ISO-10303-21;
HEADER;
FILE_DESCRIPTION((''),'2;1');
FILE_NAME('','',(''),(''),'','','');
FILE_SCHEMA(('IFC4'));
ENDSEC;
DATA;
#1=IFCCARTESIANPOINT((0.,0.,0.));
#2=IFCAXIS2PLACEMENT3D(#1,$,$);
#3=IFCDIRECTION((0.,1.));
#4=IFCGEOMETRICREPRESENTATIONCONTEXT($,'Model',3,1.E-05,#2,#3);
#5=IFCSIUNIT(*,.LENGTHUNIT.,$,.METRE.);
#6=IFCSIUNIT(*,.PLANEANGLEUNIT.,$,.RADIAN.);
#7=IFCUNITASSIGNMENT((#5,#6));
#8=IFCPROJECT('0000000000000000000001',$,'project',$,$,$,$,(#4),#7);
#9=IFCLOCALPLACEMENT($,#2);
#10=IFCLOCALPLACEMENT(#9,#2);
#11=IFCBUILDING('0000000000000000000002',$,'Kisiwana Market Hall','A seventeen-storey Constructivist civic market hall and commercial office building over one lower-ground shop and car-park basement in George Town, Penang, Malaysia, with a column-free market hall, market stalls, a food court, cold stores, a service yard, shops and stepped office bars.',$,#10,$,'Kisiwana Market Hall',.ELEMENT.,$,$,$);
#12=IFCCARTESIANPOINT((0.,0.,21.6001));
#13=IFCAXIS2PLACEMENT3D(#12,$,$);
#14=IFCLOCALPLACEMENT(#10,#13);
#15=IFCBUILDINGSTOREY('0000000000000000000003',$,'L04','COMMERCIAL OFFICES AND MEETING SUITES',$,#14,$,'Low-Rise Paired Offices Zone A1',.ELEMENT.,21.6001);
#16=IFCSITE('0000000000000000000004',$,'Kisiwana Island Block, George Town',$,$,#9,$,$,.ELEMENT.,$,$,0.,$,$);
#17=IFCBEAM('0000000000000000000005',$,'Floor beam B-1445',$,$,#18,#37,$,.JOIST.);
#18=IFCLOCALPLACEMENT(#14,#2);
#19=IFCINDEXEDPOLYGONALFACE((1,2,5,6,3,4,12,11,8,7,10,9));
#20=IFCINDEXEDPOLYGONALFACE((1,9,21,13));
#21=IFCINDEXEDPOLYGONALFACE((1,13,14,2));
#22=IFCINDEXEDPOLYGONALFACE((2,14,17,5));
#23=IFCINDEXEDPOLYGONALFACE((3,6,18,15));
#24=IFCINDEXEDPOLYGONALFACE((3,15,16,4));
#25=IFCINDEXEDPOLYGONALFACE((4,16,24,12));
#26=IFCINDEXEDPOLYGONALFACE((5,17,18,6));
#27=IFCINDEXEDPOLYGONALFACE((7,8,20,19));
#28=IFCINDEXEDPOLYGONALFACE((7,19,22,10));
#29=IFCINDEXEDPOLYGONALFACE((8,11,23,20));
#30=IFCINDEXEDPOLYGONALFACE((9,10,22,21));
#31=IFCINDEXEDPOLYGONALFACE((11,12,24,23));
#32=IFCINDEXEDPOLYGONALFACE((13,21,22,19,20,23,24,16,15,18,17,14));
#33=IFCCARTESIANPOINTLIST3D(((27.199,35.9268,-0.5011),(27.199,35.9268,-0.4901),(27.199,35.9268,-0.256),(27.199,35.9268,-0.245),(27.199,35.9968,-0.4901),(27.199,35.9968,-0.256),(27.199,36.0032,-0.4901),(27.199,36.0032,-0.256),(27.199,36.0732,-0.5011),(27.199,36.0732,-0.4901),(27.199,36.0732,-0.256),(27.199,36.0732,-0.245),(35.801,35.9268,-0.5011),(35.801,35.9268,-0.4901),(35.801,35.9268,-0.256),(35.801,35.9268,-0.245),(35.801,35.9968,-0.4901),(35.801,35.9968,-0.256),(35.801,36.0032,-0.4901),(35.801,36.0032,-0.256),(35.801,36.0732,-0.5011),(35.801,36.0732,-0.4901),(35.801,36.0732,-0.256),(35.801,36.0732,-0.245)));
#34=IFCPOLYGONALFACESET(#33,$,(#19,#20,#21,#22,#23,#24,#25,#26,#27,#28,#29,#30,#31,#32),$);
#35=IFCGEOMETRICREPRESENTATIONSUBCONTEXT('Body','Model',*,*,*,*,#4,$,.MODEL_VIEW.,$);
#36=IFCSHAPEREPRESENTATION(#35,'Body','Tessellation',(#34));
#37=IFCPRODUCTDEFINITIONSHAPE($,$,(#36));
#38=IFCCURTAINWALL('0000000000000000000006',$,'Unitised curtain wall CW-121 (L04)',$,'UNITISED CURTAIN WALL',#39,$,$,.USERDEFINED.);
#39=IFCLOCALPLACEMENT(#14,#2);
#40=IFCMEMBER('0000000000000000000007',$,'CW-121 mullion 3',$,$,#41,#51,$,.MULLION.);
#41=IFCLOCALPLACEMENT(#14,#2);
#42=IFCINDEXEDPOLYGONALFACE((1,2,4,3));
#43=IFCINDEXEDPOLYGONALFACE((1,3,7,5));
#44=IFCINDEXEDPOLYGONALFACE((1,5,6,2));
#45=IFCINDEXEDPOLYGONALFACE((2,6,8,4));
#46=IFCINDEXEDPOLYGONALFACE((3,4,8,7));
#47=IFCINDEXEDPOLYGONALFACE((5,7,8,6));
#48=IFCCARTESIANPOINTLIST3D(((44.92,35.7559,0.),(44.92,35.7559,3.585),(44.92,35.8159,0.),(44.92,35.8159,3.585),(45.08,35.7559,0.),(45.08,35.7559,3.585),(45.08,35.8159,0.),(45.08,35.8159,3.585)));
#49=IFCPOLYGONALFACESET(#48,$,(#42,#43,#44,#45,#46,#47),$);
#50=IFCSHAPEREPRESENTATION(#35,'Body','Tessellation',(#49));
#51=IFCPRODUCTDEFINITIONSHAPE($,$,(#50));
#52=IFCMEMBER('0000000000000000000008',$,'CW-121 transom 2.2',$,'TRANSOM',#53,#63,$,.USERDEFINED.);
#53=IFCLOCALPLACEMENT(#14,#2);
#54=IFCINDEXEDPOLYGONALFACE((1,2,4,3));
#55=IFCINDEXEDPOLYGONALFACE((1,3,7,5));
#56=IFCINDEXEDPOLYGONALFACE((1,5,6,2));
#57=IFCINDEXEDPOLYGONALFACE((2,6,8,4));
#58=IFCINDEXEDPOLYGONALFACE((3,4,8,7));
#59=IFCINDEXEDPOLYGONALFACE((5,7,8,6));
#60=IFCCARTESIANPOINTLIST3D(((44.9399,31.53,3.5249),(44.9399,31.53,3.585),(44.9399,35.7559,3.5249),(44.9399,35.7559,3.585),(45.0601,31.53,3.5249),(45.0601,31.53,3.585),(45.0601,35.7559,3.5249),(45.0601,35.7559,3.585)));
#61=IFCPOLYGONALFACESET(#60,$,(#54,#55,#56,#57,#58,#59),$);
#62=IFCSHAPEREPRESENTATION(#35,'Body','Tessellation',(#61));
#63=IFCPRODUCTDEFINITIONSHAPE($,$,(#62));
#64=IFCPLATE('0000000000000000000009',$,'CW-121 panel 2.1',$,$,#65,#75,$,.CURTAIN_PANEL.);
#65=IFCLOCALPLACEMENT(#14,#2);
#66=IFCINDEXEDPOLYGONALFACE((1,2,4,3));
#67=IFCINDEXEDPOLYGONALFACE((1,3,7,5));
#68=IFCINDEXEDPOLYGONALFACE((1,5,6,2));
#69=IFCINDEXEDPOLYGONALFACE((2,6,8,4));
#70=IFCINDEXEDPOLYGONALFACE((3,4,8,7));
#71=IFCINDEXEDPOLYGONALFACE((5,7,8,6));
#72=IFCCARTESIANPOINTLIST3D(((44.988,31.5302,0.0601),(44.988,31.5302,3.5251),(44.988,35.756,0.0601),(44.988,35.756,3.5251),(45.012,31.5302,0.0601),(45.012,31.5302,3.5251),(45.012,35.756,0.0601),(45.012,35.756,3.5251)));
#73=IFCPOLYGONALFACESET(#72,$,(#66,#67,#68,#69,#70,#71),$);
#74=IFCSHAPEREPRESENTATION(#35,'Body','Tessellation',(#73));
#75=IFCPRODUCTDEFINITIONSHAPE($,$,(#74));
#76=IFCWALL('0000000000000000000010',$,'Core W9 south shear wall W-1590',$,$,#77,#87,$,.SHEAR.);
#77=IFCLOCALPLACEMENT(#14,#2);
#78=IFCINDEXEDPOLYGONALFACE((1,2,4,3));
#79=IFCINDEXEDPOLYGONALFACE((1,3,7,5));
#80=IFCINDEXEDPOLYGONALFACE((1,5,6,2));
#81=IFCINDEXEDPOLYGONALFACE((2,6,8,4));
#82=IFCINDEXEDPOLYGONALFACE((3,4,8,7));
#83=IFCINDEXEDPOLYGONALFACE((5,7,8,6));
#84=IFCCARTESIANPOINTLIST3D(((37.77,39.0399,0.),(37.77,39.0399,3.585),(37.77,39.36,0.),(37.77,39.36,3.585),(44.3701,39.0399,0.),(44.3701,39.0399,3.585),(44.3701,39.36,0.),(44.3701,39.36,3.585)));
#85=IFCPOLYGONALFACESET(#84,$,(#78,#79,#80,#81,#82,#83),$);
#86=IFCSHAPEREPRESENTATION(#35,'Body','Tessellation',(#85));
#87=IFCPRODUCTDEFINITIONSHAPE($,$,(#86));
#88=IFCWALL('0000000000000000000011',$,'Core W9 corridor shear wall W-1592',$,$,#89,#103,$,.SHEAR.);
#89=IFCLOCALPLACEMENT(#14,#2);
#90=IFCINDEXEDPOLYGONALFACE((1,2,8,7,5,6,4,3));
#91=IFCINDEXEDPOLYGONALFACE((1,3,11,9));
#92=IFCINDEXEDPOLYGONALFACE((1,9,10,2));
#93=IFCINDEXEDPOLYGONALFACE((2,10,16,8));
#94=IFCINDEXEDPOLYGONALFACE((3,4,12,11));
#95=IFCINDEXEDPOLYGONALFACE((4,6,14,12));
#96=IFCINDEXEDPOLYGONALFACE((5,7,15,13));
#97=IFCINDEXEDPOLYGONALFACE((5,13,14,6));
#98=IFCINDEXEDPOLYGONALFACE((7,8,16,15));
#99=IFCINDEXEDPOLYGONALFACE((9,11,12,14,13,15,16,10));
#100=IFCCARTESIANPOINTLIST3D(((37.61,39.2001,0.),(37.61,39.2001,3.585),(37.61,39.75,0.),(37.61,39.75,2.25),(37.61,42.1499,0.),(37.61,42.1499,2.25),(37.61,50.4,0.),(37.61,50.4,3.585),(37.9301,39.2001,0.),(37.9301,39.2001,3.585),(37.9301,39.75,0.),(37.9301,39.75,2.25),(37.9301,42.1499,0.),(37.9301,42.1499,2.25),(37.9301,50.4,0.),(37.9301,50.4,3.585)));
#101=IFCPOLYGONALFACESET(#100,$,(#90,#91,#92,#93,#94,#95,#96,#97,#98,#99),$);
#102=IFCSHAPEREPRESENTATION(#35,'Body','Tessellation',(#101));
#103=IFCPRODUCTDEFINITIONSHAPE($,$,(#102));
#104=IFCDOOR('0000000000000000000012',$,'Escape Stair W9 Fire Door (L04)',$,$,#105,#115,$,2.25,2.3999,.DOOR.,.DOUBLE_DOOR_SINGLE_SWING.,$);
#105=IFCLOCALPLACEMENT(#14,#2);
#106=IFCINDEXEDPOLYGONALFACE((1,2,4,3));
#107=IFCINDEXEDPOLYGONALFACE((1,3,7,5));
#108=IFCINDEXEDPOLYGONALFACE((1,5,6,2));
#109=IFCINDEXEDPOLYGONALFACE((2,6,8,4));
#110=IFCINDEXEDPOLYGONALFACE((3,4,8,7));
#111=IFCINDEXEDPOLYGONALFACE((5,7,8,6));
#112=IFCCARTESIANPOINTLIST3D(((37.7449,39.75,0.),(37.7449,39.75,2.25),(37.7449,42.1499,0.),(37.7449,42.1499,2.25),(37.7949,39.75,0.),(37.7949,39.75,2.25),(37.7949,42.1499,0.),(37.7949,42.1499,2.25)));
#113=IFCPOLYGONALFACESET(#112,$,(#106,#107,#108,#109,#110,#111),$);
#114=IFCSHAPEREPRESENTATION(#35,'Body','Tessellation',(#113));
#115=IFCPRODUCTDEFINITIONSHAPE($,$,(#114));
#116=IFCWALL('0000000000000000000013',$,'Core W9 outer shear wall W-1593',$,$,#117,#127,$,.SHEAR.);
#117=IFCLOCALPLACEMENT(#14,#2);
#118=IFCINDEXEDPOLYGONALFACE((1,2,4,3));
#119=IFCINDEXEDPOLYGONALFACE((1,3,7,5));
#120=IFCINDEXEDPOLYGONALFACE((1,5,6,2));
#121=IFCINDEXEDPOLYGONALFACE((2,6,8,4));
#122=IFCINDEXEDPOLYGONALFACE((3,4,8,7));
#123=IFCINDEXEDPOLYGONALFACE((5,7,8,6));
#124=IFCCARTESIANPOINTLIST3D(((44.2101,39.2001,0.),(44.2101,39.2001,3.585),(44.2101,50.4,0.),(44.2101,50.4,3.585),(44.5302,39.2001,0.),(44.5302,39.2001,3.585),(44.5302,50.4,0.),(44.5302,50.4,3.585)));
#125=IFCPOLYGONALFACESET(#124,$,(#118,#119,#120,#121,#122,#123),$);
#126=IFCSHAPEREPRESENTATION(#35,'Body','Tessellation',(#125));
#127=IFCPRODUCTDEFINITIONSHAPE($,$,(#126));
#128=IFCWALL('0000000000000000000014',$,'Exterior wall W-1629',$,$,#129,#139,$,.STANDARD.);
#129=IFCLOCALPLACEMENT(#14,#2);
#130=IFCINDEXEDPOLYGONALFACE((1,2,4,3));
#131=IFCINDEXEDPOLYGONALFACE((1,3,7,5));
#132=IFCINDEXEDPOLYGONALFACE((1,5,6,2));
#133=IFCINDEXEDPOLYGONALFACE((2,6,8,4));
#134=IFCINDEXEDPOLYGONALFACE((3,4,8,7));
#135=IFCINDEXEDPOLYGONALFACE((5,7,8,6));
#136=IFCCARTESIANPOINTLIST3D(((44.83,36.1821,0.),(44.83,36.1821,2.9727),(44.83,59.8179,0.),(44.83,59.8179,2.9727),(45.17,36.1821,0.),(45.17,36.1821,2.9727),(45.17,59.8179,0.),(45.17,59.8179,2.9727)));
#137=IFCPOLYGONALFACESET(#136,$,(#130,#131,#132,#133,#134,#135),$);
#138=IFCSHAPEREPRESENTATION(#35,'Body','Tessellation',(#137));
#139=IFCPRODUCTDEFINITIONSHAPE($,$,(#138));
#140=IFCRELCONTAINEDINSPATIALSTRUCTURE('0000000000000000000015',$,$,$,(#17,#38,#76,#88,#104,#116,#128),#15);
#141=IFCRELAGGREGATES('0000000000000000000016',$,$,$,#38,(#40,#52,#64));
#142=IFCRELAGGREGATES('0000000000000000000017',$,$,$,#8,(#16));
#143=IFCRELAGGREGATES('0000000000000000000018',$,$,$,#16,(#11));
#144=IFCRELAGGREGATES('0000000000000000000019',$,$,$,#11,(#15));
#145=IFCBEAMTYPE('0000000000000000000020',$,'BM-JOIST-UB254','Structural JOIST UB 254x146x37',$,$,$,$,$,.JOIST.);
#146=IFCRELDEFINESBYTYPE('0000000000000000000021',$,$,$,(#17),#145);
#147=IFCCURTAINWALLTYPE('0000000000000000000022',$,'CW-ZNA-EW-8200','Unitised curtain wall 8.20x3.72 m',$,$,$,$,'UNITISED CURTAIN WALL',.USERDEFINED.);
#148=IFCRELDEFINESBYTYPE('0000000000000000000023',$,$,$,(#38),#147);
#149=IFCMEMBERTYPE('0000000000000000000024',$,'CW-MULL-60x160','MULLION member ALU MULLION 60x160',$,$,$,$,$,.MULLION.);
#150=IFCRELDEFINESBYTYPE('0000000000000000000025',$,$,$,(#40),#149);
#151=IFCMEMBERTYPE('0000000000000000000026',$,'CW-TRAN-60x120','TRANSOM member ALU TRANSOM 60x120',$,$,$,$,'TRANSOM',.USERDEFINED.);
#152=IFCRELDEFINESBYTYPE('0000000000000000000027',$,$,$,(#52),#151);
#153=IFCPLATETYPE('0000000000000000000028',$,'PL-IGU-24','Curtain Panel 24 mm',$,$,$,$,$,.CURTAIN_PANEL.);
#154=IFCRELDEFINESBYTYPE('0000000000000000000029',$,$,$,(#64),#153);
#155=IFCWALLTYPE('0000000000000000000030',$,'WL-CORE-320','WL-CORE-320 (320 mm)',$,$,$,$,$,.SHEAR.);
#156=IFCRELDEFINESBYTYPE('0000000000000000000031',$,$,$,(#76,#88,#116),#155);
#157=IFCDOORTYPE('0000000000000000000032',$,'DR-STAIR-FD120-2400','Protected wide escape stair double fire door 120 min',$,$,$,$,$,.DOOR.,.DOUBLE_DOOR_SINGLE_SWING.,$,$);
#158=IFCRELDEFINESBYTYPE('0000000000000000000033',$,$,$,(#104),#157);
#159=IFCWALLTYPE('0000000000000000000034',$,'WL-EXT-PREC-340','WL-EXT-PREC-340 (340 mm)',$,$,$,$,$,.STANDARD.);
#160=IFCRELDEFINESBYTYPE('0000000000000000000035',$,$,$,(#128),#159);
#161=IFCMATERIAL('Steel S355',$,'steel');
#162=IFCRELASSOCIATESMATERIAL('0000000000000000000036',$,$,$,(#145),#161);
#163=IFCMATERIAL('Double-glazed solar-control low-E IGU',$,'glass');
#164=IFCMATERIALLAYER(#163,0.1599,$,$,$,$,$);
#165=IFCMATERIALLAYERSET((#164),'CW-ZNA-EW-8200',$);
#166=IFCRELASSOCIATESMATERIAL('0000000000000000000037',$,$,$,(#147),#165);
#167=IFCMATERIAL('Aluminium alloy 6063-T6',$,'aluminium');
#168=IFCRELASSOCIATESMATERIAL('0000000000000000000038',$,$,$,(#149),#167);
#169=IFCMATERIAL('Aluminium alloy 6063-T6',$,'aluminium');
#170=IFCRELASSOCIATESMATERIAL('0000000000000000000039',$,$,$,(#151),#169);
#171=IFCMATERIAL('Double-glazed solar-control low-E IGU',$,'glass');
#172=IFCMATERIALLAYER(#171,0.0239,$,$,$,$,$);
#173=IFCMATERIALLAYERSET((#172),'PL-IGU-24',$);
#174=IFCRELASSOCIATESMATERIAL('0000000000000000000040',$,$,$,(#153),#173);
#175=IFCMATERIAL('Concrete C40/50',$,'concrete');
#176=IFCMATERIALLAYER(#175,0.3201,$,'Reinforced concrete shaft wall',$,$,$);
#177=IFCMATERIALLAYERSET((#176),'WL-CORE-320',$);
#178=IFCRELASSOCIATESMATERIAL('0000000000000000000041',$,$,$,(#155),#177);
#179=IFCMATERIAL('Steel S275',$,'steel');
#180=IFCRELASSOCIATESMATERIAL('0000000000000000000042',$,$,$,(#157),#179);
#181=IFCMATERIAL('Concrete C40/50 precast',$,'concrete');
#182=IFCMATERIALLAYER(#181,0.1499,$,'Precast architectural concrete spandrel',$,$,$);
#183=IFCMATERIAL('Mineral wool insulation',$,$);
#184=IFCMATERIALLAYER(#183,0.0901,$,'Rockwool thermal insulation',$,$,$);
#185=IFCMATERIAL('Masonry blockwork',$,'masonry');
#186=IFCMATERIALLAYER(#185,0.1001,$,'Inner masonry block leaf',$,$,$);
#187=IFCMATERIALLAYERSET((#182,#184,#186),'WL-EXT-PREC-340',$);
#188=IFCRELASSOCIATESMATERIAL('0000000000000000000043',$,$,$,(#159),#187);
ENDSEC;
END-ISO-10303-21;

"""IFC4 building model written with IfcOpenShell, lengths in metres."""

from ifc_helpers import new_model, si_unit, direction, frame, frame_2d, origin, origin_2d, place, context, subcontext, project, spatial, rectangle, i_section, extrude, material, layer, layer_set, material_profile, profile_set, type_object, element, fill, aggregate, save


model = new_model("IFC4")

# Units and contexts
model_context = context("Model", 3, precision=1e-05, world=origin(), true_north=direction((0.0, 1.0)))
body_context = subcontext(model_context, "Body", "Model", "MODEL_VIEW")
ifc_project = project(units=[si_unit("LENGTHUNIT", "METRE"), si_unit("PLANEANGLEUNIT", "RADIAN")], contexts=[model_context])

# Site, building, storey
site_placement = place(None, origin())
site = spatial("IfcSite", under=ifc_project, at=site_placement, Name="Kisiwana Island Block, George Town", CompositionType="ELEMENT", RefElevation=0.0)
building_placement = place(site_placement, origin())
building = spatial("IfcBuilding", under=site, at=building_placement, Name="Kisiwana Market Hall", Description="A seventeen-storey Constructivist civic market hall and commercial office building over one lower-ground shop and car-park basement in George Town, Penang, Malaysia, with a column-free market hall, market stalls, a food court, cold stores, a service yard, shops and stepped office bars.", LongName="Kisiwana Market Hall", CompositionType="ELEMENT")
storey_placement = place(building_placement, frame((0.0, 0.0, 21.6001)))
storey = spatial("IfcBuildingStorey", under=building, at=storey_placement, Name="L04", Description="COMMERCIAL OFFICES AND MEETING SUITES", LongName="Low-Rise Paired Offices Zone A1", CompositionType="ELEMENT", Elevation=21.6001)

# Beam
ifc_material_1 = material(Name="Steel S355", Category="steel")
ifc_material_profile_1 = material_profile(ifc_material_1, i_section(OverallWidth=0.1465, OverallDepth=0.2561, WebThickness=0.0063, FlangeThickness=0.011, at=origin_2d()), Name="UB 254x146x37")
ifc_profile_set_1 = profile_set([ifc_material_profile_1], Name="Steel S355")
beam_type_1 = type_object("IfcBeamType", Name="BM-JOIST-UB254", Description="Structural JOIST UB 254x146x37", PredefinedType="JOIST", material=ifc_profile_set_1)
beam_1_placement = place(storey_placement, frame((27.199, 36.0, -0.373), z_axis=(1.0, 0.0, 0.0), x_axis=(0.0, 1.0, 0.0)))
element("IfcBeam", 1, at=beam_1_placement, inside=storey, type_object=beam_type_1, Name="Floor beam B-1445", PredefinedType="JOIST", context=body_context, shape_type="SweptSolid", body=[
    extrude(i_section(OverallWidth=0.1465, OverallDepth=0.2561, WebThickness=0.0063, FlangeThickness=0.011, at=origin_2d()), origin(), (0.0, 0.0, 1.0), 8.6021),
])

# Curtain wall, members, plate
ifc_material_2 = material(Name="Double-glazed solar-control low-E IGU", Category="glass")
ifc_layer_1 = layer(ifc_material_2, 0.1599)
ifc_layer_set_1 = layer_set([ifc_layer_1], Name="CW-ZNA-EW-8200")
curtain_wall_type = type_object("IfcCurtainWallType", Name="CW-ZNA-EW-8200", Description="Unitised curtain wall 8.20x3.72 m", ElementType="UNITISED CURTAIN WALL", PredefinedType="USERDEFINED", material=ifc_layer_set_1)
curtain_wall_placement = place(storey_placement, origin())
curtain_wall = element("IfcCurtainWall", 2, at=curtain_wall_placement, inside=storey, type_object=curtain_wall_type, Name="Unitised curtain wall CW-121 (L04)", ObjectType="UNITISED CURTAIN WALL", PredefinedType="USERDEFINED")
ifc_material_3 = material(Name="Aluminium alloy 6063-T6", Category="aluminium")
ifc_material_profile_2 = material_profile(ifc_material_3, rectangle(XDim=0.0601, YDim=0.1599, at=origin_2d()), Name="ALU MULLION 60x160")
ifc_profile_set_2 = profile_set([ifc_material_profile_2], Name="Aluminium alloy 6063-T6")
member_type_1 = type_object("IfcMemberType", Name="CW-MULL-60x160", Description="MULLION member ALU MULLION 60x160", PredefinedType="MULLION", material=ifc_profile_set_2)
member_1_placement = place(storey_placement, frame((45.0, 35.7859, 0.0), z_axis=(0.0, 0.0, 1.0), x_axis=(0.0, 1.0, 0.0)))
member_1 = element("IfcMember", 3, at=member_1_placement, type_object=member_type_1, Name="CW-121 mullion 3", PredefinedType="MULLION", context=body_context, shape_type="SweptSolid", body=[
    extrude(rectangle(XDim=0.0601, YDim=0.1599, at=origin_2d()), origin(), (0.0, 0.0, 1.0), 3.585),
])
ifc_material_4 = material(Name="Aluminium alloy 6063-T6", Category="aluminium")
ifc_material_profile_3 = material_profile(ifc_material_4, rectangle(XDim=0.1201, YDim=0.0601, at=origin_2d()), Name="ALU TRANSOM 60x120")
ifc_profile_set_3 = profile_set([ifc_material_profile_3], Name="Aluminium alloy 6063-T6")
member_type_2 = type_object("IfcMemberType", Name="CW-TRAN-60x120", Description="TRANSOM member ALU TRANSOM 60x120", ElementType="TRANSOM", PredefinedType="USERDEFINED", material=ifc_profile_set_3)
member_2_placement = place(storey_placement, frame((45.0, 31.53, 3.5549), z_axis=(0.0, 1.0, 0.0), x_axis=(-1.0, 0.0, 0.0)))
member_2 = element("IfcMember", 4, at=member_2_placement, type_object=member_type_2, Name="CW-121 transom 2.2", ObjectType="TRANSOM", PredefinedType="USERDEFINED", context=body_context, shape_type="SweptSolid", body=[
    extrude(rectangle(XDim=0.1201, YDim=0.0601, at=origin_2d()), origin(), (0.0, 0.0, 1.0), 4.2258),
])
ifc_material_5 = material(Name="Double-glazed solar-control low-E IGU", Category="glass")
ifc_layer_2 = layer(ifc_material_5, 0.0239)
ifc_layer_set_2 = layer_set([ifc_layer_2], Name="PL-IGU-24")
plate_type = type_object("IfcPlateType", Name="PL-IGU-24", Description="Curtain Panel 24 mm", PredefinedType="CURTAIN_PANEL", material=ifc_layer_set_2)
plate_placement = place(storey_placement, frame((45.0, 33.6431, 0.0601), z_axis=(0.0, 0.0, 1.0), x_axis=(0.0, 1.0, 0.0)))
plate = element("IfcPlate", 5, at=plate_placement, type_object=plate_type, Name="CW-121 panel 2.1", PredefinedType="CURTAIN_PANEL", context=body_context, shape_type="SweptSolid", body=[
    extrude(rectangle(XDim=4.2258, YDim=0.0239, at=origin_2d()), origin(), (0.0, 0.0, 1.0), 3.4651),
])
aggregate(curtain_wall, [member_1, member_2, plate])

# Wall
ifc_material_6 = material(Name="Concrete C40/50", Category="concrete")
ifc_layer_3 = layer(ifc_material_6, 0.3201, Name="Reinforced concrete shaft wall")
ifc_layer_set_3 = layer_set([ifc_layer_3], Name="WL-CORE-320")
wall_type_1 = type_object("IfcWallType", Name="WL-CORE-320", Description="WL-CORE-320 (320 mm)", PredefinedType="SHEAR", material=ifc_layer_set_3)
wall_1_placement = place(storey_placement, frame((37.77, 39.2, 0.0), z_axis=(0.0, 0.0, 1.0), x_axis=(1.0, 0.0, 0.0)))
element("IfcWall", 6, at=wall_1_placement, inside=storey, type_object=wall_type_1, Name="Core W9 south shear wall W-1590", PredefinedType="SHEAR", context=body_context, shape_type="SweptSolid", body=[
    extrude(rectangle(XDim=6.6001, YDim=0.3201, at=frame_2d((3.3, 0.0))), origin(), (0.0, 0.0, 1.0), 3.585),
])

# Wall, opening, door
wall_2_placement = place(storey_placement, frame((37.77, 39.2, 0.0), z_axis=(0.0, 0.0, 1.0), x_axis=(0.0, 1.0, 0.0)))
wall_2 = element("IfcWall", 7, at=wall_2_placement, inside=storey, type_object=wall_type_1, Name="Core W9 corridor shear wall W-1592", PredefinedType="SHEAR", context=body_context, shape_type="SweptSolid", body=[
    extrude(rectangle(XDim=11.2, YDim=0.3201, at=frame_2d((5.6001, 0.0))), origin(), (0.0, 0.0, 1.0), 3.585),
])
opening_placement = place(wall_2_placement, frame((0.55, 0.0, 0.0)))
opening = element("IfcOpeningElement", 8, at=opening_placement, cuts=wall_2, PredefinedType="OPENING", context=body_context, shape_type="SweptSolid", body=[
    extrude(rectangle(XDim=2.3999, YDim=2.25, at=frame_2d((1.2, 1.125))), frame((0.0, 0.1719, 0.0), z_axis=(0.0, -1.0, 0.0), x_axis=(1.0, 0.0, 0.0)), (0.0, 0.0, 1.0), 0.344),
])
ifc_material_7 = material(Name="Steel S275", Category="steel")
door_type = type_object("IfcDoorType", Name="DR-STAIR-FD120-2400", Description="Protected wide escape stair double fire door 120 min", OperationType="DOUBLE_DOOR_SINGLE_SWING", PredefinedType="DOOR", material=ifc_material_7)
door_placement = place(opening_placement, frame((2.3999, 0.0, 0.0), z_axis=(0.0, 0.0, 1.0), x_axis=(-1.0, 0.0, 0.0)))
door = element("IfcDoor", 9, at=door_placement, inside=storey, type_object=door_type, Name="Escape Stair W9 Fire Door (L04)", OperationType="DOUBLE_DOOR_SINGLE_SWING", OverallHeight=2.25, OverallWidth=2.3999, PredefinedType="DOOR", context=body_context, shape_type="SweptSolid", body=[
    extrude(rectangle(XDim=2.3999, YDim=2.25, at=frame_2d((1.2, 1.125))), frame((0.0, 0.0249, 0.0), z_axis=(0.0, -1.0, 0.0), x_axis=(1.0, 0.0, 0.0)), (0.0, 0.0, 1.0), 0.05),
])
fill(opening, door)

# Walls
wall_3_placement = place(storey_placement, frame((44.3701, 39.2, 0.0), z_axis=(0.0, 0.0, 1.0), x_axis=(0.0, 1.0, 0.0)))
element("IfcWall", 10, at=wall_3_placement, inside=storey, type_object=wall_type_1, Name="Core W9 outer shear wall W-1593", PredefinedType="SHEAR", context=body_context, shape_type="SweptSolid", body=[
    extrude(rectangle(XDim=11.2, YDim=0.3201, at=frame_2d((5.6001, 0.0))), origin(), (0.0, 0.0, 1.0), 3.585),
])
ifc_material_8 = material(Name="Concrete C40/50 precast", Category="concrete")
ifc_layer_4 = layer(ifc_material_8, 0.1499, Name="Precast architectural concrete spandrel")
ifc_material_9 = material(Name="Mineral wool insulation")
ifc_layer_5 = layer(ifc_material_9, 0.0901, Name="Rockwool thermal insulation")
ifc_material_10 = material(Name="Masonry blockwork", Category="masonry")
ifc_layer_6 = layer(ifc_material_10, 0.1001, Name="Inner masonry block leaf")
ifc_layer_set_4 = layer_set([ifc_layer_4, ifc_layer_5, ifc_layer_6], Name="WL-EXT-PREC-340")
wall_type_2 = type_object("IfcWallType", Name="WL-EXT-PREC-340", Description="WL-EXT-PREC-340 (340 mm)", PredefinedType="STANDARD", material=ifc_layer_set_4)
wall_4_placement = place(storey_placement, frame((45.0, 36.1821, 0.0), z_axis=(0.0, 0.0, 1.0), x_axis=(0.0, 1.0, 0.0)))
element("IfcWall", 11, at=wall_4_placement, inside=storey, type_object=wall_type_2, Name="Exterior wall W-1629", PredefinedType="STANDARD", context=body_context, shape_type="SweptSolid", body=[
    extrude(rectangle(XDim=23.6357, YDim=0.3401, at=frame_2d((11.8179, 0.0))), origin(), (0.0, 0.0, 1.0), 2.9727),
])

save(model, "model.ifc")
